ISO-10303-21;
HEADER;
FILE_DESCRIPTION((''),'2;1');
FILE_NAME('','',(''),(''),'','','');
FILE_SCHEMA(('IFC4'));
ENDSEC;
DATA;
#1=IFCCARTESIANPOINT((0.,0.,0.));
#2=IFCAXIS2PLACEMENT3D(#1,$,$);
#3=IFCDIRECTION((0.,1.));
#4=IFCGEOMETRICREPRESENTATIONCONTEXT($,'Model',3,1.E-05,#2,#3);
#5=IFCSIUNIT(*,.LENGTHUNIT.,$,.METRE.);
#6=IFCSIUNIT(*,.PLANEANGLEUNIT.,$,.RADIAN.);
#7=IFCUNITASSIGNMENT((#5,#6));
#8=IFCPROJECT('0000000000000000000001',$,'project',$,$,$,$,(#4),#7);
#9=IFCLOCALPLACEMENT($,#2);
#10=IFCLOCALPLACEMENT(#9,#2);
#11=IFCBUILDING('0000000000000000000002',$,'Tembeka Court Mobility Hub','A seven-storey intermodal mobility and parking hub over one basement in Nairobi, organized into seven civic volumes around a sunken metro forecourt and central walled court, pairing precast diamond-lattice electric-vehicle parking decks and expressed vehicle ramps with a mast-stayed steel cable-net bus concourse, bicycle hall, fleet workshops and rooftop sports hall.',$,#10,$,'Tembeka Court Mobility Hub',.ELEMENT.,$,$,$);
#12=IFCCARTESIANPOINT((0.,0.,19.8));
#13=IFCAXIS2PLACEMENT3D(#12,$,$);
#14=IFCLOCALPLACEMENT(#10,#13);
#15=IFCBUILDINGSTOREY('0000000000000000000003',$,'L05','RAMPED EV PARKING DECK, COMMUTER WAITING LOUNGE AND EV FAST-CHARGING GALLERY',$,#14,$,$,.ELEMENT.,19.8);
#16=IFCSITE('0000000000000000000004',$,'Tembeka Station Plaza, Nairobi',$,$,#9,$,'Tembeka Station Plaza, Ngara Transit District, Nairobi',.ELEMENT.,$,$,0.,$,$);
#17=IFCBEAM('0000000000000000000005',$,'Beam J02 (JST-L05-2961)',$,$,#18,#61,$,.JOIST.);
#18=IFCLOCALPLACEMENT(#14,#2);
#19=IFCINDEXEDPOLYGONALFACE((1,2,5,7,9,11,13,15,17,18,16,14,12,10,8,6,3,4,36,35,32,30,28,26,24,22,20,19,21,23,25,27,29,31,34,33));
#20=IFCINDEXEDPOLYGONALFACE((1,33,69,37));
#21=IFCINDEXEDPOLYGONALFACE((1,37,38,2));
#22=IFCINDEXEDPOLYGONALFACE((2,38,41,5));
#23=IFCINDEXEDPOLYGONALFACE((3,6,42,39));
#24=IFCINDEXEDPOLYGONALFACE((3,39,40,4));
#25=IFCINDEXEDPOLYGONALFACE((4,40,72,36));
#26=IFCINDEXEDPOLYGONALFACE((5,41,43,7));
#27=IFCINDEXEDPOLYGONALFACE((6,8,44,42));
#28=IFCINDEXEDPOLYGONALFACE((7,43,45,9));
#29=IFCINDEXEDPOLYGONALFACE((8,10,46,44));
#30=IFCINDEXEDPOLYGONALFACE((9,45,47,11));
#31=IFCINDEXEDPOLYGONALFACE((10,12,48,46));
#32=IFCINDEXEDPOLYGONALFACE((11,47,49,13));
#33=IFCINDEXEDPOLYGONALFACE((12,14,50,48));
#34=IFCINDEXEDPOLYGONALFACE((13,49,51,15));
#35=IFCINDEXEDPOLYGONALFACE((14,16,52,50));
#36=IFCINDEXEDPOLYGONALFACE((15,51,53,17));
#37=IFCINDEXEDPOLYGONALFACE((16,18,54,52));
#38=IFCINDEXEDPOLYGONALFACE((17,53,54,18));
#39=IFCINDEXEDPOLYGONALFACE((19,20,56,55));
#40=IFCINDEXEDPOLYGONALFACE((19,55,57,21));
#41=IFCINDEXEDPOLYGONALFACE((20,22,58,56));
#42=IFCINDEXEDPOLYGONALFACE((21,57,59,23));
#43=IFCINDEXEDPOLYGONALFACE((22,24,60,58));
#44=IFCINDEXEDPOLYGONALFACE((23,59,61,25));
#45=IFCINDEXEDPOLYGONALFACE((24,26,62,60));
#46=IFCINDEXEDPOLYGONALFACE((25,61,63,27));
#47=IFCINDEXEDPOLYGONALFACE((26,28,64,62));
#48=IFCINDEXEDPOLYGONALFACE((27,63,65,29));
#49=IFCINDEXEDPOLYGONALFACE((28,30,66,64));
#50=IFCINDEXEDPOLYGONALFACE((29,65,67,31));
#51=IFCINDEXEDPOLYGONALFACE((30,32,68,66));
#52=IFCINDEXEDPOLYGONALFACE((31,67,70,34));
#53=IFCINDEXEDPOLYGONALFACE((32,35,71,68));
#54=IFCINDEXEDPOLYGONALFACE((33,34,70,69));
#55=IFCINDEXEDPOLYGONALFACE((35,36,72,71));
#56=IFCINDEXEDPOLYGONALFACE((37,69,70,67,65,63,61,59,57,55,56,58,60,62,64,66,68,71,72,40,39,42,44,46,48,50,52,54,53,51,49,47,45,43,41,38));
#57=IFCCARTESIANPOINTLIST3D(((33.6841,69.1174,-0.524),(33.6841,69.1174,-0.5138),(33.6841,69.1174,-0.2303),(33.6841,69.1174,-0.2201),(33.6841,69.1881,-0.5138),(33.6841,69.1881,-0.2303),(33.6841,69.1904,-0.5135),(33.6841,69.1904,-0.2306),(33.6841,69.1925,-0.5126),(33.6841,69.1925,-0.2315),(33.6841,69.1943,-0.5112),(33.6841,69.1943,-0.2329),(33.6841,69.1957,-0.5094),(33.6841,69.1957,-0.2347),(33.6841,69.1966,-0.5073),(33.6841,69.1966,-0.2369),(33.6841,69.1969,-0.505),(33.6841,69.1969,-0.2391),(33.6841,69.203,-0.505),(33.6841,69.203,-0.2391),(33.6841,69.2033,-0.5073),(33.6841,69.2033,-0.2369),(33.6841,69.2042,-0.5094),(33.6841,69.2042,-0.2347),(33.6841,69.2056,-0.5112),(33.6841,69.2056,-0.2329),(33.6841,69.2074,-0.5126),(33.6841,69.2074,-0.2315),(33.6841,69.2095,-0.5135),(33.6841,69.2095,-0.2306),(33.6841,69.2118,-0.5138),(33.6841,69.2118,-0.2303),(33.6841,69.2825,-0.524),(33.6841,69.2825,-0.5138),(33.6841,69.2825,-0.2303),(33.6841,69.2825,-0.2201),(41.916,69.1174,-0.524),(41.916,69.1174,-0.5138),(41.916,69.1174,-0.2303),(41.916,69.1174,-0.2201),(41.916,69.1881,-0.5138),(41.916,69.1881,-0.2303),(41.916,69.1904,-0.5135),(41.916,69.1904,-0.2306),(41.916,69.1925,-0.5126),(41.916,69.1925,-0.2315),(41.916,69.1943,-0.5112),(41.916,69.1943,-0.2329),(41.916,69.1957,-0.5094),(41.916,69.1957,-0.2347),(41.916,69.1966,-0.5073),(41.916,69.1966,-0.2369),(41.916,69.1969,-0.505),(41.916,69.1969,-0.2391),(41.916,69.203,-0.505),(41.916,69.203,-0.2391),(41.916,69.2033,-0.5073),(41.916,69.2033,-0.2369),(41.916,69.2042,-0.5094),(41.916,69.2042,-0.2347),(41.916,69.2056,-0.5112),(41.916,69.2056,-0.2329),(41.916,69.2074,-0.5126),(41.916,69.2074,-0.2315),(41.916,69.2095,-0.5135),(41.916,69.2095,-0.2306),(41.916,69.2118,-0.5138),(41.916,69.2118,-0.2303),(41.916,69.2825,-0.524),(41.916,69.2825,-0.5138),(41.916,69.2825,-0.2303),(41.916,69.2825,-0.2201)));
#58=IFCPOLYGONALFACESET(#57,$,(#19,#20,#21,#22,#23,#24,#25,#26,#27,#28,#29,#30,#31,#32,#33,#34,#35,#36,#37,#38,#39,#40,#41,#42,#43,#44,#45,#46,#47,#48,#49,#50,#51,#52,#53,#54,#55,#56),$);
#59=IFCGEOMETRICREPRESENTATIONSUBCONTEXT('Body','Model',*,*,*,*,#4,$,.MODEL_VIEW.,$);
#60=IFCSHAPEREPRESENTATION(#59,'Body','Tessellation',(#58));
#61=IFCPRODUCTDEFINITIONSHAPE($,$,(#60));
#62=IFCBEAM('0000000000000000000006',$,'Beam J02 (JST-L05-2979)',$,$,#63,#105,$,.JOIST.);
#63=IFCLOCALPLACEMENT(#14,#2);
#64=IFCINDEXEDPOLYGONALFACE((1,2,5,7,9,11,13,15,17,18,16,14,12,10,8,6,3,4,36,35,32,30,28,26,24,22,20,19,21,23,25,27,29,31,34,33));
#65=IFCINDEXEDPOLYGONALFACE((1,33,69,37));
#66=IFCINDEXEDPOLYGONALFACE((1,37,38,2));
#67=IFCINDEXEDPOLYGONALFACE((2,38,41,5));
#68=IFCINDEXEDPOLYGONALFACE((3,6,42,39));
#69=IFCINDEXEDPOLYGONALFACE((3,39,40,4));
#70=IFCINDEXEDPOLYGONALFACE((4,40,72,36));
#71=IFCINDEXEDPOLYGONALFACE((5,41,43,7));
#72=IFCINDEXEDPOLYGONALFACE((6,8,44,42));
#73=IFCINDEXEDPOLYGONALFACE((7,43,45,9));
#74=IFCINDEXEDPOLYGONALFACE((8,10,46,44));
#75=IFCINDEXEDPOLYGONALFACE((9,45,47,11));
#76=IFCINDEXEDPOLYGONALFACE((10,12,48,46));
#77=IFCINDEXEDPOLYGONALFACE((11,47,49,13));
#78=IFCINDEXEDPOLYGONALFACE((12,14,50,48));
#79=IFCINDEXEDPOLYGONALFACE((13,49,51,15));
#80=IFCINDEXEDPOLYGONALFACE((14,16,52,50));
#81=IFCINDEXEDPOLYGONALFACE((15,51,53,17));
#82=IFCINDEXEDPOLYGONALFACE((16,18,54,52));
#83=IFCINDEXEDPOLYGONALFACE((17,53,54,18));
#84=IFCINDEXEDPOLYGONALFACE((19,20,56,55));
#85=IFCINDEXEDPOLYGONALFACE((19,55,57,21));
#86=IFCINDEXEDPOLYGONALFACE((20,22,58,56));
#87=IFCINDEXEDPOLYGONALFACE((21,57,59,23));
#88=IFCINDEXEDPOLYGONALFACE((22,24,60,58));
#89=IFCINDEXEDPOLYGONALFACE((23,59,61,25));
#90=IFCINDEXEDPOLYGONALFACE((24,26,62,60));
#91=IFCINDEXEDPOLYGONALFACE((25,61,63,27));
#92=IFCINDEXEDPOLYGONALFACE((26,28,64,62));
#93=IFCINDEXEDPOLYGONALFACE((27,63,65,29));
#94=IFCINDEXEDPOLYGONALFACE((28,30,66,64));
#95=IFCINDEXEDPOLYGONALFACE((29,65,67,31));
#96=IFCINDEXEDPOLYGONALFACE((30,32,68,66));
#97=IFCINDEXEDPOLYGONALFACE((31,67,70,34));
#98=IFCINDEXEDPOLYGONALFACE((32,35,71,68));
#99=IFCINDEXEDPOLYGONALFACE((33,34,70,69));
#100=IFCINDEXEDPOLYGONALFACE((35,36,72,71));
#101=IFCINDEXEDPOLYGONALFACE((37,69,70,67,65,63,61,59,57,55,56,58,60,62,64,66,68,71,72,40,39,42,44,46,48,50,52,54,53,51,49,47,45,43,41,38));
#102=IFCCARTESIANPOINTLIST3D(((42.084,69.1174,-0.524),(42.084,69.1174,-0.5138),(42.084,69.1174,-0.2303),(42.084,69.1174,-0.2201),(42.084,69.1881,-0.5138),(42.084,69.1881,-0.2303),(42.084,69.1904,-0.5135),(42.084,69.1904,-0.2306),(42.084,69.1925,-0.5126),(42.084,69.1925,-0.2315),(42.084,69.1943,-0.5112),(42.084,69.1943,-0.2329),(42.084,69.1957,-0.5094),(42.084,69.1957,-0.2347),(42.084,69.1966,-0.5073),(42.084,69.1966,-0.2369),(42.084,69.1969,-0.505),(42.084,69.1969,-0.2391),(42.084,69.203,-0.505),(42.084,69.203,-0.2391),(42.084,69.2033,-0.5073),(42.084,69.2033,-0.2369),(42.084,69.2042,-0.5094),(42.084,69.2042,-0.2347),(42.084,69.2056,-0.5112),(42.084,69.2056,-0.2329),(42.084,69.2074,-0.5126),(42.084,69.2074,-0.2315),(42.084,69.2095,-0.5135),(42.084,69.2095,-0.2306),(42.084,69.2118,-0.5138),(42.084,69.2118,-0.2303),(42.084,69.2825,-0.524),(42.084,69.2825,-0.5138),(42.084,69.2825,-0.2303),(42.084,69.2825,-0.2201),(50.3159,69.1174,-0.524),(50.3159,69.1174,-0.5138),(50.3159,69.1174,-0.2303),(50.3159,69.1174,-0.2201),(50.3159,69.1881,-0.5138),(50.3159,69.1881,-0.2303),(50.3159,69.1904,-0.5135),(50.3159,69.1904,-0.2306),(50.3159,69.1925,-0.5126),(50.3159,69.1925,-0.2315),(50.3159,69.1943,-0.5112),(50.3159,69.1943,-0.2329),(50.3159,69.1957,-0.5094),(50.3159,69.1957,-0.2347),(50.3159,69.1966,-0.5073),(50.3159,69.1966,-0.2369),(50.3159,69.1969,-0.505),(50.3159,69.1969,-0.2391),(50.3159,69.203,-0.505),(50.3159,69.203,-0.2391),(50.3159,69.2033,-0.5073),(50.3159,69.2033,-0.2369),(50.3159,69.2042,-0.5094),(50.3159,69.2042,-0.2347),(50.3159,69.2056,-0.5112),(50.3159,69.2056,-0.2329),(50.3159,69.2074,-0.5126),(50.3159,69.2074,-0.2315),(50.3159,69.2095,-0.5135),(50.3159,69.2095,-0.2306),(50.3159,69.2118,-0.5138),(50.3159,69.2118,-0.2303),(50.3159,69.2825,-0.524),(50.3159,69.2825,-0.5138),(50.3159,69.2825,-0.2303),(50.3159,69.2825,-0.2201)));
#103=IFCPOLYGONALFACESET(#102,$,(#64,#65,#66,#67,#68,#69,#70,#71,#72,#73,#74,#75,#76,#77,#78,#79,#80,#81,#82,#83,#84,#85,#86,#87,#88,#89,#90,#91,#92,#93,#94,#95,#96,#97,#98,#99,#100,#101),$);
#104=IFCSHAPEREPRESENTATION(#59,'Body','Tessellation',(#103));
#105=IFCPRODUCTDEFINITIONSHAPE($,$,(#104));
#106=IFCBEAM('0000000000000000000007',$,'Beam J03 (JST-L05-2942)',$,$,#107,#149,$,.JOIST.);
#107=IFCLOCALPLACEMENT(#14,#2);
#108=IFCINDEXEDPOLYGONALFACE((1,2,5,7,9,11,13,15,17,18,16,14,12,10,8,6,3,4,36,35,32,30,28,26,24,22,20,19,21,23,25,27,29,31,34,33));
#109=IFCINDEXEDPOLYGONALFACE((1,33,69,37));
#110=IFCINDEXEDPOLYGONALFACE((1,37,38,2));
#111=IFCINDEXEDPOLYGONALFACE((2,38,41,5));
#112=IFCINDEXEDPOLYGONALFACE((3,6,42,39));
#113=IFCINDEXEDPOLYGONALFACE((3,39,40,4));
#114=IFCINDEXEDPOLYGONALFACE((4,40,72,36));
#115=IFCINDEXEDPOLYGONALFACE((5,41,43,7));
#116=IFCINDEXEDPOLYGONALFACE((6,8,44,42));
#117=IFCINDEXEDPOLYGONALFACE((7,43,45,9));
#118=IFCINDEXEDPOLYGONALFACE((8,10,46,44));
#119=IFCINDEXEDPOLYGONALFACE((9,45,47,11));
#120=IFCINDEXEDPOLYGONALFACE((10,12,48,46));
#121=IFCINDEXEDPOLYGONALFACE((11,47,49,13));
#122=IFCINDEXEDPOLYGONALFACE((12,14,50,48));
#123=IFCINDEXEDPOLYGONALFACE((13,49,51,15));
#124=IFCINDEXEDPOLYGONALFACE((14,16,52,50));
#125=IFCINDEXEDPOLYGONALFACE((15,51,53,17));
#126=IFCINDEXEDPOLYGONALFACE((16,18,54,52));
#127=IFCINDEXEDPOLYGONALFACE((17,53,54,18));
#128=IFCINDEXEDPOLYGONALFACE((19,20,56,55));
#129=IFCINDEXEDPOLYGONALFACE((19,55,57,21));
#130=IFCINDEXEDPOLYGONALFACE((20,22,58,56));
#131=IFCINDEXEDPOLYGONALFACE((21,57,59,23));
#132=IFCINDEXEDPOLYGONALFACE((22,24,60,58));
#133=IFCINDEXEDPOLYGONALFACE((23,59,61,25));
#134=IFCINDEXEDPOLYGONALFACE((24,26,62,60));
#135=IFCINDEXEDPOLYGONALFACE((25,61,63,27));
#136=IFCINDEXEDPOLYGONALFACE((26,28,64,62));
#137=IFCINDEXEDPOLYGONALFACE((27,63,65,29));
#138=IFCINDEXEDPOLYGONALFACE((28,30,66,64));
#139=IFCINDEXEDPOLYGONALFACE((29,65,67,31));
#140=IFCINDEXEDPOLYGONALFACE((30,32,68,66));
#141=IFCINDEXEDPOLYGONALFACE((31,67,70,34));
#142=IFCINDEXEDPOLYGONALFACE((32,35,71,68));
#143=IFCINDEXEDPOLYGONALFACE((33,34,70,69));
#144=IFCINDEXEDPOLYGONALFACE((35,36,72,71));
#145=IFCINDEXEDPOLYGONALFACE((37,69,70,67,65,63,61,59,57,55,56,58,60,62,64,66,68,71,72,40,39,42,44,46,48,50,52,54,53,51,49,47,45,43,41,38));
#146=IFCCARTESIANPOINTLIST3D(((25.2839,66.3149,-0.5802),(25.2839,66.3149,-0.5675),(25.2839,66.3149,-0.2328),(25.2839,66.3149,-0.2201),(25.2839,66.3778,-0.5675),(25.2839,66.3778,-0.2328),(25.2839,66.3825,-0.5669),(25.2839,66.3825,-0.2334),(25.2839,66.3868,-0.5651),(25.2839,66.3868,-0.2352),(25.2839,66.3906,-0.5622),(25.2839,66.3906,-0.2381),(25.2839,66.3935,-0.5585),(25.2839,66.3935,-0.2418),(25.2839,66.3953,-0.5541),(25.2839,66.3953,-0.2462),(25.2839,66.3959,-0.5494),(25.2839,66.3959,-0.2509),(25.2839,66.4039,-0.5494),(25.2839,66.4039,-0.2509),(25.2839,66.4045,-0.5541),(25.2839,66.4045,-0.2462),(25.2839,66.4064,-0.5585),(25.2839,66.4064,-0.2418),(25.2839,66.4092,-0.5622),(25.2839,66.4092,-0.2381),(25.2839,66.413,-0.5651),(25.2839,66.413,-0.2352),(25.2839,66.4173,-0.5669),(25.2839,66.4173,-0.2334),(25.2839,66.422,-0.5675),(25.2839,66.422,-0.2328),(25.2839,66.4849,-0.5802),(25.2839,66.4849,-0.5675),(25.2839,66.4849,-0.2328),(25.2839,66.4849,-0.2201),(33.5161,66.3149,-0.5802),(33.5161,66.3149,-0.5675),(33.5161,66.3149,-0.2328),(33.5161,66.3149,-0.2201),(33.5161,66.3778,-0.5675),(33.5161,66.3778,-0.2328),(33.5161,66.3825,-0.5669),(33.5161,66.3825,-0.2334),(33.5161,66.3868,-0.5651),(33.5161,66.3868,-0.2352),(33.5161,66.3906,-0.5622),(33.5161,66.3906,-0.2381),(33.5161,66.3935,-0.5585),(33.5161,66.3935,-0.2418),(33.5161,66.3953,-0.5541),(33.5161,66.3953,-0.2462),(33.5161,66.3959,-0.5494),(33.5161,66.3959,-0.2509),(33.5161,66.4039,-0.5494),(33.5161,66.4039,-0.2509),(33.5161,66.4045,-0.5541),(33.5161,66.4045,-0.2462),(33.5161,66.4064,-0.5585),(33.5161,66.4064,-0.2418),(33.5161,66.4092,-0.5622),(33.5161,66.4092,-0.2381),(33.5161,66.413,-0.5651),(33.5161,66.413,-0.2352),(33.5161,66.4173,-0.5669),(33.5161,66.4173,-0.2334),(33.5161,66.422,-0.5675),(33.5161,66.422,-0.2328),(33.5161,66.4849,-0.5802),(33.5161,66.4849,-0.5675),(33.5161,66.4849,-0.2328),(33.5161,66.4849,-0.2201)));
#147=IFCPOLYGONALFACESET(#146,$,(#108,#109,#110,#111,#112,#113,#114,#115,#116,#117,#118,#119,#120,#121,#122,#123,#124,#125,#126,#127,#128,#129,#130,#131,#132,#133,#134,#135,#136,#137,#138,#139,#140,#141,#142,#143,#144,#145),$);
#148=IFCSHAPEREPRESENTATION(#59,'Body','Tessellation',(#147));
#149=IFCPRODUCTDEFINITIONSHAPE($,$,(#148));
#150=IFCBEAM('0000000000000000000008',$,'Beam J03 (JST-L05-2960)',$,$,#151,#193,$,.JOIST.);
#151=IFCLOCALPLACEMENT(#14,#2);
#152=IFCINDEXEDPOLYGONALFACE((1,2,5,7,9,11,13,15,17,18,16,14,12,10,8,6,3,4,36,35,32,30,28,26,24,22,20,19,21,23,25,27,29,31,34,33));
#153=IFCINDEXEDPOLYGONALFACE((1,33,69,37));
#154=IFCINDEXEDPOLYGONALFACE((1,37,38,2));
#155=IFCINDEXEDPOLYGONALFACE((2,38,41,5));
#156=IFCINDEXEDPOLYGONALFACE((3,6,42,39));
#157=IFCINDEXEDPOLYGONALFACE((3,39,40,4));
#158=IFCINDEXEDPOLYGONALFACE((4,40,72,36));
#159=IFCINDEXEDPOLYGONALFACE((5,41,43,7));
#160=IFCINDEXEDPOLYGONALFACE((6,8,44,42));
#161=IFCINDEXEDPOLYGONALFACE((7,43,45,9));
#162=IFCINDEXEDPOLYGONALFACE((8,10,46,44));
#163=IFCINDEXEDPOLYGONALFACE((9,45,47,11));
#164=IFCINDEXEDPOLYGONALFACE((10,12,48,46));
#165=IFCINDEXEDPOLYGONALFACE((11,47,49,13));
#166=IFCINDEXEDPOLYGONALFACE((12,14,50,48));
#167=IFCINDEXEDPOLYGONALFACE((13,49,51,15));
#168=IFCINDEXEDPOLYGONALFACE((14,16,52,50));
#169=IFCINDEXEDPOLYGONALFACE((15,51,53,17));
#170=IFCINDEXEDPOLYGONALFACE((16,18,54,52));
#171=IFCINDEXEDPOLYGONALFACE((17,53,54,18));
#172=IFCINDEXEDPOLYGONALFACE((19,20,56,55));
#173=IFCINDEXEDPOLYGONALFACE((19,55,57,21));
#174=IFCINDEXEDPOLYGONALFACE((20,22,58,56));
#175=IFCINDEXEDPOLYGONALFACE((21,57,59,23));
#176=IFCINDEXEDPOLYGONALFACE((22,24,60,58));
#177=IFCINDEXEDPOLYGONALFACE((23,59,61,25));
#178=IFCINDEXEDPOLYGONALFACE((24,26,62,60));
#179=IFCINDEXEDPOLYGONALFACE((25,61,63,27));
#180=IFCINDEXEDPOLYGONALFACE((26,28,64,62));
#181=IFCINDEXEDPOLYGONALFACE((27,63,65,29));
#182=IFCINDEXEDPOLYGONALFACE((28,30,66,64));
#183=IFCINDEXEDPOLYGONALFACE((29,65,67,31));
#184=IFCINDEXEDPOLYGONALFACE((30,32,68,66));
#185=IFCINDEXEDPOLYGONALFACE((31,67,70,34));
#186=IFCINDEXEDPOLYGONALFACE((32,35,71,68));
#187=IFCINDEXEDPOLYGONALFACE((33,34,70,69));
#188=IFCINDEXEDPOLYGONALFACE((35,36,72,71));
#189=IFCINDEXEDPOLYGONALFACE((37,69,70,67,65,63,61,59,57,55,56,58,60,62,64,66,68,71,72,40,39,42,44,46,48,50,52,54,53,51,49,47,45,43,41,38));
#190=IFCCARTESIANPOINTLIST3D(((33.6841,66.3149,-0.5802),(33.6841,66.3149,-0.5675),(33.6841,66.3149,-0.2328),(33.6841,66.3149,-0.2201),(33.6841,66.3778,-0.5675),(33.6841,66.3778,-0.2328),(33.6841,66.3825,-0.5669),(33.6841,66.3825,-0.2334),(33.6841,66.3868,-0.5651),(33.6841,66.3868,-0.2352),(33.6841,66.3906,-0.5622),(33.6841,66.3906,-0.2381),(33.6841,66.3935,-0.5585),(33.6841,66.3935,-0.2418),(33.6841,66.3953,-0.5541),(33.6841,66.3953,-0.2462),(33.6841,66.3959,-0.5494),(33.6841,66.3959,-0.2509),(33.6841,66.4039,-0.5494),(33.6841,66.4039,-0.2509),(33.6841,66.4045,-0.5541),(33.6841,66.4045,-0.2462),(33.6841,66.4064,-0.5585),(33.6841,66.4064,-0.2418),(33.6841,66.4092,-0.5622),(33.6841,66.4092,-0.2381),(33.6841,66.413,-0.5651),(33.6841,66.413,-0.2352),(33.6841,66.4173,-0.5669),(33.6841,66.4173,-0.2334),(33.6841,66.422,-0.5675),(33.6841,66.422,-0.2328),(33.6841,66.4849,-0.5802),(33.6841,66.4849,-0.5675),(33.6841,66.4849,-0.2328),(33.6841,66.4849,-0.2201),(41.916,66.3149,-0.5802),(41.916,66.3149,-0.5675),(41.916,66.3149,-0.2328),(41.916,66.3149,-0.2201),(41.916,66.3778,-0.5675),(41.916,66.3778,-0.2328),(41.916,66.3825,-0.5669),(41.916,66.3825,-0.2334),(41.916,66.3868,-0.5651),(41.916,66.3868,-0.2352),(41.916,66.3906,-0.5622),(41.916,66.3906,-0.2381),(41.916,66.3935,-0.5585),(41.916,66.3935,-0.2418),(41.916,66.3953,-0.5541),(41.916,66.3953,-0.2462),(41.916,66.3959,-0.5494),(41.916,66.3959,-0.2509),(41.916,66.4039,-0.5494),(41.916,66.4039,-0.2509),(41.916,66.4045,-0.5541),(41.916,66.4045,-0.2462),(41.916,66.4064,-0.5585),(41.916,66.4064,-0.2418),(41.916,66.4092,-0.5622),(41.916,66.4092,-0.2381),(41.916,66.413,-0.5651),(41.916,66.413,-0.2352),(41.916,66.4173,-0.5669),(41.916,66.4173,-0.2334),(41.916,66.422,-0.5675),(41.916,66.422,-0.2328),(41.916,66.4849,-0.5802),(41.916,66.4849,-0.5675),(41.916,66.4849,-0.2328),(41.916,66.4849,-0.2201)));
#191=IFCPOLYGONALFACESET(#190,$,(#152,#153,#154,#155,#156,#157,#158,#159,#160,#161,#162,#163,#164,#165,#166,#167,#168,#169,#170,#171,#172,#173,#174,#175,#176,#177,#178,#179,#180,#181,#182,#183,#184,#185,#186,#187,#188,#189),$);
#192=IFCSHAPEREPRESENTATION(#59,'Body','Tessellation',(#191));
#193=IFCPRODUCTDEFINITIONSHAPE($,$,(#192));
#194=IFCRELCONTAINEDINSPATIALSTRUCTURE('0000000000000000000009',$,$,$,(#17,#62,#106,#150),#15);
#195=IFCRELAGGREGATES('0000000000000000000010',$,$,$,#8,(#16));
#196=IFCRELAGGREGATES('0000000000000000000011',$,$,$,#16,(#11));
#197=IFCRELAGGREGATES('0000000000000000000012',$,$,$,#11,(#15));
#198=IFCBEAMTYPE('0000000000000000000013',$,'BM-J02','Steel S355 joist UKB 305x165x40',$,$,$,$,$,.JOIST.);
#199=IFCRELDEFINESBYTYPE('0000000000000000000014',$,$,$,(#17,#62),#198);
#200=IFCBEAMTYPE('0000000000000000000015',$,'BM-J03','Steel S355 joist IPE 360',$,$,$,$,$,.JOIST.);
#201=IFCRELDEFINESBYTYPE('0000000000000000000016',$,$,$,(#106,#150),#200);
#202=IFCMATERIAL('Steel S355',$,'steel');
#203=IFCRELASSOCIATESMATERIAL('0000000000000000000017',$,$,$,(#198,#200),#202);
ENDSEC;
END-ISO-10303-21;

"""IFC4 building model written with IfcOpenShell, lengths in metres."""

from ifc_helpers import new_model, si_unit, direction, frame, origin, origin_2d, place, context, subcontext, project, spatial, i_section, extrude, material, material_profile, profile_set, type_object, element, save


model = new_model("IFC4")

# Units and contexts
model_context = context("Model", 3, precision=1e-05, world=origin(), true_north=direction((0.0, 1.0)))
body_context = subcontext(model_context, "Body", "Model", "MODEL_VIEW")
ifc_project = project(units=[si_unit("LENGTHUNIT", "METRE"), si_unit("PLANEANGLEUNIT", "RADIAN")], contexts=[model_context])

# Site, building, storey
site_placement = place(None, origin())
site = spatial("IfcSite", under=ifc_project, at=site_placement, Name="Tembeka Station Plaza, Nairobi", LongName="Tembeka Station Plaza, Ngara Transit District, Nairobi", CompositionType="ELEMENT", RefElevation=0.0)
building_placement = place(site_placement, origin())
building = spatial("IfcBuilding", under=site, at=building_placement, Name="Tembeka Court Mobility Hub", Description="A seven-storey intermodal mobility and parking hub over one basement in Nairobi, organized into seven civic volumes around a sunken metro forecourt and central walled court, pairing precast diamond-lattice electric-vehicle parking decks and expressed vehicle ramps with a mast-stayed steel cable-net bus concourse, bicycle hall, fleet workshops and rooftop sports hall.", LongName="Tembeka Court Mobility Hub", CompositionType="ELEMENT")
storey_placement = place(building_placement, frame((0.0, 0.0, 19.8)))
storey = spatial("IfcBuildingStorey", under=building, at=storey_placement, Name="L05", Description="RAMPED EV PARKING DECK, COMMUTER WAITING LOUNGE AND EV FAST-CHARGING GALLERY", CompositionType="ELEMENT", Elevation=19.8)

# Shared definitions
ifc_material_1 = material(Name="Steel S355", Category="steel")

# Beams
ifc_material_profile_1 = material_profile(ifc_material_1, i_section(OverallWidth=0.165, OverallDepth=0.304, WebThickness=0.0061, FlangeThickness=0.0103, FilletRadius=0.0088, at=origin_2d()), Name="UKB 305x165x40")
ifc_profile_set_1 = profile_set([ifc_material_profile_1], Name="Steel S355")
beam_type_1 = type_object("IfcBeamType", Name="BM-J02", Description="Steel S355 joist UKB 305x165x40", PredefinedType="JOIST", material=ifc_profile_set_1)
for number, where, z_axis, x_axis, name in (
    (1, (33.6841, 69.2, -0.3721), (1.0, 0.0, 0.0), (0.0, 1.0, 0.0), "Beam J02 (JST-L05-2961)"),
    (2, (42.084, 69.2, -0.3721), (1.0, 0.0, 0.0), (0.0, 1.0, 0.0), "Beam J02 (JST-L05-2979)"),
):
    element("IfcBeam", number, at=place(storey_placement, frame(where, z_axis=z_axis, x_axis=x_axis)), inside=storey, type_object=beam_type_1, Name=name, PredefinedType="JOIST", context=body_context, shape_type="SweptSolid", body=[
        extrude(i_section(OverallWidth=0.165, OverallDepth=0.304, WebThickness=0.0061, FlangeThickness=0.0103, FilletRadius=0.0088, at=origin_2d()), origin(), (0.0, 0.0, 1.0), 8.2319),
    ])
ifc_material_profile_2 = material_profile(ifc_material_1, i_section(OverallWidth=0.1699, OverallDepth=0.3601, WebThickness=0.0081, FlangeThickness=0.0127, FilletRadius=0.0181, at=origin_2d()), Name="IPE 360")
ifc_profile_set_2 = profile_set([ifc_material_profile_2], Name="Steel S355")
beam_type_2 = type_object("IfcBeamType", Name="BM-J03", Description="Steel S355 joist IPE 360", PredefinedType="JOIST", material=ifc_profile_set_2)
beam_1_placement = place(storey_placement, frame((25.2839, 66.3999, -0.4001), z_axis=(1.0, 0.0, 0.0), x_axis=(0.0, 1.0, 0.0)))
element("IfcBeam", 3, at=beam_1_placement, inside=storey, type_object=beam_type_2, Name="Beam J03 (JST-L05-2942)", PredefinedType="JOIST", context=body_context, shape_type="SweptSolid", body=[
    extrude(i_section(OverallWidth=0.1699, OverallDepth=0.3601, WebThickness=0.0081, FlangeThickness=0.0127, FilletRadius=0.0181, at=origin_2d()), origin(), (0.0, 0.0, 1.0), 8.2322),
])
for number, where, z_axis, x_axis, name in (
    (4, (33.6841, 66.3999, -0.4001), (1.0, 0.0, 0.0), (0.0, 1.0, 0.0), "Beam J03 (JST-L05-2960)"),
):
    element("IfcBeam", number, at=place(storey_placement, frame(where, z_axis=z_axis, x_axis=x_axis)), inside=storey, type_object=beam_type_2, Name=name, PredefinedType="JOIST", context=body_context, shape_type="SweptSolid", body=[
        extrude(i_section(OverallWidth=0.1699, OverallDepth=0.3601, WebThickness=0.0081, FlangeThickness=0.0127, FilletRadius=0.0181, at=origin_2d()), origin(), (0.0, 0.0, 1.0), 8.2319),
    ])

save(model, "model.ifc")
